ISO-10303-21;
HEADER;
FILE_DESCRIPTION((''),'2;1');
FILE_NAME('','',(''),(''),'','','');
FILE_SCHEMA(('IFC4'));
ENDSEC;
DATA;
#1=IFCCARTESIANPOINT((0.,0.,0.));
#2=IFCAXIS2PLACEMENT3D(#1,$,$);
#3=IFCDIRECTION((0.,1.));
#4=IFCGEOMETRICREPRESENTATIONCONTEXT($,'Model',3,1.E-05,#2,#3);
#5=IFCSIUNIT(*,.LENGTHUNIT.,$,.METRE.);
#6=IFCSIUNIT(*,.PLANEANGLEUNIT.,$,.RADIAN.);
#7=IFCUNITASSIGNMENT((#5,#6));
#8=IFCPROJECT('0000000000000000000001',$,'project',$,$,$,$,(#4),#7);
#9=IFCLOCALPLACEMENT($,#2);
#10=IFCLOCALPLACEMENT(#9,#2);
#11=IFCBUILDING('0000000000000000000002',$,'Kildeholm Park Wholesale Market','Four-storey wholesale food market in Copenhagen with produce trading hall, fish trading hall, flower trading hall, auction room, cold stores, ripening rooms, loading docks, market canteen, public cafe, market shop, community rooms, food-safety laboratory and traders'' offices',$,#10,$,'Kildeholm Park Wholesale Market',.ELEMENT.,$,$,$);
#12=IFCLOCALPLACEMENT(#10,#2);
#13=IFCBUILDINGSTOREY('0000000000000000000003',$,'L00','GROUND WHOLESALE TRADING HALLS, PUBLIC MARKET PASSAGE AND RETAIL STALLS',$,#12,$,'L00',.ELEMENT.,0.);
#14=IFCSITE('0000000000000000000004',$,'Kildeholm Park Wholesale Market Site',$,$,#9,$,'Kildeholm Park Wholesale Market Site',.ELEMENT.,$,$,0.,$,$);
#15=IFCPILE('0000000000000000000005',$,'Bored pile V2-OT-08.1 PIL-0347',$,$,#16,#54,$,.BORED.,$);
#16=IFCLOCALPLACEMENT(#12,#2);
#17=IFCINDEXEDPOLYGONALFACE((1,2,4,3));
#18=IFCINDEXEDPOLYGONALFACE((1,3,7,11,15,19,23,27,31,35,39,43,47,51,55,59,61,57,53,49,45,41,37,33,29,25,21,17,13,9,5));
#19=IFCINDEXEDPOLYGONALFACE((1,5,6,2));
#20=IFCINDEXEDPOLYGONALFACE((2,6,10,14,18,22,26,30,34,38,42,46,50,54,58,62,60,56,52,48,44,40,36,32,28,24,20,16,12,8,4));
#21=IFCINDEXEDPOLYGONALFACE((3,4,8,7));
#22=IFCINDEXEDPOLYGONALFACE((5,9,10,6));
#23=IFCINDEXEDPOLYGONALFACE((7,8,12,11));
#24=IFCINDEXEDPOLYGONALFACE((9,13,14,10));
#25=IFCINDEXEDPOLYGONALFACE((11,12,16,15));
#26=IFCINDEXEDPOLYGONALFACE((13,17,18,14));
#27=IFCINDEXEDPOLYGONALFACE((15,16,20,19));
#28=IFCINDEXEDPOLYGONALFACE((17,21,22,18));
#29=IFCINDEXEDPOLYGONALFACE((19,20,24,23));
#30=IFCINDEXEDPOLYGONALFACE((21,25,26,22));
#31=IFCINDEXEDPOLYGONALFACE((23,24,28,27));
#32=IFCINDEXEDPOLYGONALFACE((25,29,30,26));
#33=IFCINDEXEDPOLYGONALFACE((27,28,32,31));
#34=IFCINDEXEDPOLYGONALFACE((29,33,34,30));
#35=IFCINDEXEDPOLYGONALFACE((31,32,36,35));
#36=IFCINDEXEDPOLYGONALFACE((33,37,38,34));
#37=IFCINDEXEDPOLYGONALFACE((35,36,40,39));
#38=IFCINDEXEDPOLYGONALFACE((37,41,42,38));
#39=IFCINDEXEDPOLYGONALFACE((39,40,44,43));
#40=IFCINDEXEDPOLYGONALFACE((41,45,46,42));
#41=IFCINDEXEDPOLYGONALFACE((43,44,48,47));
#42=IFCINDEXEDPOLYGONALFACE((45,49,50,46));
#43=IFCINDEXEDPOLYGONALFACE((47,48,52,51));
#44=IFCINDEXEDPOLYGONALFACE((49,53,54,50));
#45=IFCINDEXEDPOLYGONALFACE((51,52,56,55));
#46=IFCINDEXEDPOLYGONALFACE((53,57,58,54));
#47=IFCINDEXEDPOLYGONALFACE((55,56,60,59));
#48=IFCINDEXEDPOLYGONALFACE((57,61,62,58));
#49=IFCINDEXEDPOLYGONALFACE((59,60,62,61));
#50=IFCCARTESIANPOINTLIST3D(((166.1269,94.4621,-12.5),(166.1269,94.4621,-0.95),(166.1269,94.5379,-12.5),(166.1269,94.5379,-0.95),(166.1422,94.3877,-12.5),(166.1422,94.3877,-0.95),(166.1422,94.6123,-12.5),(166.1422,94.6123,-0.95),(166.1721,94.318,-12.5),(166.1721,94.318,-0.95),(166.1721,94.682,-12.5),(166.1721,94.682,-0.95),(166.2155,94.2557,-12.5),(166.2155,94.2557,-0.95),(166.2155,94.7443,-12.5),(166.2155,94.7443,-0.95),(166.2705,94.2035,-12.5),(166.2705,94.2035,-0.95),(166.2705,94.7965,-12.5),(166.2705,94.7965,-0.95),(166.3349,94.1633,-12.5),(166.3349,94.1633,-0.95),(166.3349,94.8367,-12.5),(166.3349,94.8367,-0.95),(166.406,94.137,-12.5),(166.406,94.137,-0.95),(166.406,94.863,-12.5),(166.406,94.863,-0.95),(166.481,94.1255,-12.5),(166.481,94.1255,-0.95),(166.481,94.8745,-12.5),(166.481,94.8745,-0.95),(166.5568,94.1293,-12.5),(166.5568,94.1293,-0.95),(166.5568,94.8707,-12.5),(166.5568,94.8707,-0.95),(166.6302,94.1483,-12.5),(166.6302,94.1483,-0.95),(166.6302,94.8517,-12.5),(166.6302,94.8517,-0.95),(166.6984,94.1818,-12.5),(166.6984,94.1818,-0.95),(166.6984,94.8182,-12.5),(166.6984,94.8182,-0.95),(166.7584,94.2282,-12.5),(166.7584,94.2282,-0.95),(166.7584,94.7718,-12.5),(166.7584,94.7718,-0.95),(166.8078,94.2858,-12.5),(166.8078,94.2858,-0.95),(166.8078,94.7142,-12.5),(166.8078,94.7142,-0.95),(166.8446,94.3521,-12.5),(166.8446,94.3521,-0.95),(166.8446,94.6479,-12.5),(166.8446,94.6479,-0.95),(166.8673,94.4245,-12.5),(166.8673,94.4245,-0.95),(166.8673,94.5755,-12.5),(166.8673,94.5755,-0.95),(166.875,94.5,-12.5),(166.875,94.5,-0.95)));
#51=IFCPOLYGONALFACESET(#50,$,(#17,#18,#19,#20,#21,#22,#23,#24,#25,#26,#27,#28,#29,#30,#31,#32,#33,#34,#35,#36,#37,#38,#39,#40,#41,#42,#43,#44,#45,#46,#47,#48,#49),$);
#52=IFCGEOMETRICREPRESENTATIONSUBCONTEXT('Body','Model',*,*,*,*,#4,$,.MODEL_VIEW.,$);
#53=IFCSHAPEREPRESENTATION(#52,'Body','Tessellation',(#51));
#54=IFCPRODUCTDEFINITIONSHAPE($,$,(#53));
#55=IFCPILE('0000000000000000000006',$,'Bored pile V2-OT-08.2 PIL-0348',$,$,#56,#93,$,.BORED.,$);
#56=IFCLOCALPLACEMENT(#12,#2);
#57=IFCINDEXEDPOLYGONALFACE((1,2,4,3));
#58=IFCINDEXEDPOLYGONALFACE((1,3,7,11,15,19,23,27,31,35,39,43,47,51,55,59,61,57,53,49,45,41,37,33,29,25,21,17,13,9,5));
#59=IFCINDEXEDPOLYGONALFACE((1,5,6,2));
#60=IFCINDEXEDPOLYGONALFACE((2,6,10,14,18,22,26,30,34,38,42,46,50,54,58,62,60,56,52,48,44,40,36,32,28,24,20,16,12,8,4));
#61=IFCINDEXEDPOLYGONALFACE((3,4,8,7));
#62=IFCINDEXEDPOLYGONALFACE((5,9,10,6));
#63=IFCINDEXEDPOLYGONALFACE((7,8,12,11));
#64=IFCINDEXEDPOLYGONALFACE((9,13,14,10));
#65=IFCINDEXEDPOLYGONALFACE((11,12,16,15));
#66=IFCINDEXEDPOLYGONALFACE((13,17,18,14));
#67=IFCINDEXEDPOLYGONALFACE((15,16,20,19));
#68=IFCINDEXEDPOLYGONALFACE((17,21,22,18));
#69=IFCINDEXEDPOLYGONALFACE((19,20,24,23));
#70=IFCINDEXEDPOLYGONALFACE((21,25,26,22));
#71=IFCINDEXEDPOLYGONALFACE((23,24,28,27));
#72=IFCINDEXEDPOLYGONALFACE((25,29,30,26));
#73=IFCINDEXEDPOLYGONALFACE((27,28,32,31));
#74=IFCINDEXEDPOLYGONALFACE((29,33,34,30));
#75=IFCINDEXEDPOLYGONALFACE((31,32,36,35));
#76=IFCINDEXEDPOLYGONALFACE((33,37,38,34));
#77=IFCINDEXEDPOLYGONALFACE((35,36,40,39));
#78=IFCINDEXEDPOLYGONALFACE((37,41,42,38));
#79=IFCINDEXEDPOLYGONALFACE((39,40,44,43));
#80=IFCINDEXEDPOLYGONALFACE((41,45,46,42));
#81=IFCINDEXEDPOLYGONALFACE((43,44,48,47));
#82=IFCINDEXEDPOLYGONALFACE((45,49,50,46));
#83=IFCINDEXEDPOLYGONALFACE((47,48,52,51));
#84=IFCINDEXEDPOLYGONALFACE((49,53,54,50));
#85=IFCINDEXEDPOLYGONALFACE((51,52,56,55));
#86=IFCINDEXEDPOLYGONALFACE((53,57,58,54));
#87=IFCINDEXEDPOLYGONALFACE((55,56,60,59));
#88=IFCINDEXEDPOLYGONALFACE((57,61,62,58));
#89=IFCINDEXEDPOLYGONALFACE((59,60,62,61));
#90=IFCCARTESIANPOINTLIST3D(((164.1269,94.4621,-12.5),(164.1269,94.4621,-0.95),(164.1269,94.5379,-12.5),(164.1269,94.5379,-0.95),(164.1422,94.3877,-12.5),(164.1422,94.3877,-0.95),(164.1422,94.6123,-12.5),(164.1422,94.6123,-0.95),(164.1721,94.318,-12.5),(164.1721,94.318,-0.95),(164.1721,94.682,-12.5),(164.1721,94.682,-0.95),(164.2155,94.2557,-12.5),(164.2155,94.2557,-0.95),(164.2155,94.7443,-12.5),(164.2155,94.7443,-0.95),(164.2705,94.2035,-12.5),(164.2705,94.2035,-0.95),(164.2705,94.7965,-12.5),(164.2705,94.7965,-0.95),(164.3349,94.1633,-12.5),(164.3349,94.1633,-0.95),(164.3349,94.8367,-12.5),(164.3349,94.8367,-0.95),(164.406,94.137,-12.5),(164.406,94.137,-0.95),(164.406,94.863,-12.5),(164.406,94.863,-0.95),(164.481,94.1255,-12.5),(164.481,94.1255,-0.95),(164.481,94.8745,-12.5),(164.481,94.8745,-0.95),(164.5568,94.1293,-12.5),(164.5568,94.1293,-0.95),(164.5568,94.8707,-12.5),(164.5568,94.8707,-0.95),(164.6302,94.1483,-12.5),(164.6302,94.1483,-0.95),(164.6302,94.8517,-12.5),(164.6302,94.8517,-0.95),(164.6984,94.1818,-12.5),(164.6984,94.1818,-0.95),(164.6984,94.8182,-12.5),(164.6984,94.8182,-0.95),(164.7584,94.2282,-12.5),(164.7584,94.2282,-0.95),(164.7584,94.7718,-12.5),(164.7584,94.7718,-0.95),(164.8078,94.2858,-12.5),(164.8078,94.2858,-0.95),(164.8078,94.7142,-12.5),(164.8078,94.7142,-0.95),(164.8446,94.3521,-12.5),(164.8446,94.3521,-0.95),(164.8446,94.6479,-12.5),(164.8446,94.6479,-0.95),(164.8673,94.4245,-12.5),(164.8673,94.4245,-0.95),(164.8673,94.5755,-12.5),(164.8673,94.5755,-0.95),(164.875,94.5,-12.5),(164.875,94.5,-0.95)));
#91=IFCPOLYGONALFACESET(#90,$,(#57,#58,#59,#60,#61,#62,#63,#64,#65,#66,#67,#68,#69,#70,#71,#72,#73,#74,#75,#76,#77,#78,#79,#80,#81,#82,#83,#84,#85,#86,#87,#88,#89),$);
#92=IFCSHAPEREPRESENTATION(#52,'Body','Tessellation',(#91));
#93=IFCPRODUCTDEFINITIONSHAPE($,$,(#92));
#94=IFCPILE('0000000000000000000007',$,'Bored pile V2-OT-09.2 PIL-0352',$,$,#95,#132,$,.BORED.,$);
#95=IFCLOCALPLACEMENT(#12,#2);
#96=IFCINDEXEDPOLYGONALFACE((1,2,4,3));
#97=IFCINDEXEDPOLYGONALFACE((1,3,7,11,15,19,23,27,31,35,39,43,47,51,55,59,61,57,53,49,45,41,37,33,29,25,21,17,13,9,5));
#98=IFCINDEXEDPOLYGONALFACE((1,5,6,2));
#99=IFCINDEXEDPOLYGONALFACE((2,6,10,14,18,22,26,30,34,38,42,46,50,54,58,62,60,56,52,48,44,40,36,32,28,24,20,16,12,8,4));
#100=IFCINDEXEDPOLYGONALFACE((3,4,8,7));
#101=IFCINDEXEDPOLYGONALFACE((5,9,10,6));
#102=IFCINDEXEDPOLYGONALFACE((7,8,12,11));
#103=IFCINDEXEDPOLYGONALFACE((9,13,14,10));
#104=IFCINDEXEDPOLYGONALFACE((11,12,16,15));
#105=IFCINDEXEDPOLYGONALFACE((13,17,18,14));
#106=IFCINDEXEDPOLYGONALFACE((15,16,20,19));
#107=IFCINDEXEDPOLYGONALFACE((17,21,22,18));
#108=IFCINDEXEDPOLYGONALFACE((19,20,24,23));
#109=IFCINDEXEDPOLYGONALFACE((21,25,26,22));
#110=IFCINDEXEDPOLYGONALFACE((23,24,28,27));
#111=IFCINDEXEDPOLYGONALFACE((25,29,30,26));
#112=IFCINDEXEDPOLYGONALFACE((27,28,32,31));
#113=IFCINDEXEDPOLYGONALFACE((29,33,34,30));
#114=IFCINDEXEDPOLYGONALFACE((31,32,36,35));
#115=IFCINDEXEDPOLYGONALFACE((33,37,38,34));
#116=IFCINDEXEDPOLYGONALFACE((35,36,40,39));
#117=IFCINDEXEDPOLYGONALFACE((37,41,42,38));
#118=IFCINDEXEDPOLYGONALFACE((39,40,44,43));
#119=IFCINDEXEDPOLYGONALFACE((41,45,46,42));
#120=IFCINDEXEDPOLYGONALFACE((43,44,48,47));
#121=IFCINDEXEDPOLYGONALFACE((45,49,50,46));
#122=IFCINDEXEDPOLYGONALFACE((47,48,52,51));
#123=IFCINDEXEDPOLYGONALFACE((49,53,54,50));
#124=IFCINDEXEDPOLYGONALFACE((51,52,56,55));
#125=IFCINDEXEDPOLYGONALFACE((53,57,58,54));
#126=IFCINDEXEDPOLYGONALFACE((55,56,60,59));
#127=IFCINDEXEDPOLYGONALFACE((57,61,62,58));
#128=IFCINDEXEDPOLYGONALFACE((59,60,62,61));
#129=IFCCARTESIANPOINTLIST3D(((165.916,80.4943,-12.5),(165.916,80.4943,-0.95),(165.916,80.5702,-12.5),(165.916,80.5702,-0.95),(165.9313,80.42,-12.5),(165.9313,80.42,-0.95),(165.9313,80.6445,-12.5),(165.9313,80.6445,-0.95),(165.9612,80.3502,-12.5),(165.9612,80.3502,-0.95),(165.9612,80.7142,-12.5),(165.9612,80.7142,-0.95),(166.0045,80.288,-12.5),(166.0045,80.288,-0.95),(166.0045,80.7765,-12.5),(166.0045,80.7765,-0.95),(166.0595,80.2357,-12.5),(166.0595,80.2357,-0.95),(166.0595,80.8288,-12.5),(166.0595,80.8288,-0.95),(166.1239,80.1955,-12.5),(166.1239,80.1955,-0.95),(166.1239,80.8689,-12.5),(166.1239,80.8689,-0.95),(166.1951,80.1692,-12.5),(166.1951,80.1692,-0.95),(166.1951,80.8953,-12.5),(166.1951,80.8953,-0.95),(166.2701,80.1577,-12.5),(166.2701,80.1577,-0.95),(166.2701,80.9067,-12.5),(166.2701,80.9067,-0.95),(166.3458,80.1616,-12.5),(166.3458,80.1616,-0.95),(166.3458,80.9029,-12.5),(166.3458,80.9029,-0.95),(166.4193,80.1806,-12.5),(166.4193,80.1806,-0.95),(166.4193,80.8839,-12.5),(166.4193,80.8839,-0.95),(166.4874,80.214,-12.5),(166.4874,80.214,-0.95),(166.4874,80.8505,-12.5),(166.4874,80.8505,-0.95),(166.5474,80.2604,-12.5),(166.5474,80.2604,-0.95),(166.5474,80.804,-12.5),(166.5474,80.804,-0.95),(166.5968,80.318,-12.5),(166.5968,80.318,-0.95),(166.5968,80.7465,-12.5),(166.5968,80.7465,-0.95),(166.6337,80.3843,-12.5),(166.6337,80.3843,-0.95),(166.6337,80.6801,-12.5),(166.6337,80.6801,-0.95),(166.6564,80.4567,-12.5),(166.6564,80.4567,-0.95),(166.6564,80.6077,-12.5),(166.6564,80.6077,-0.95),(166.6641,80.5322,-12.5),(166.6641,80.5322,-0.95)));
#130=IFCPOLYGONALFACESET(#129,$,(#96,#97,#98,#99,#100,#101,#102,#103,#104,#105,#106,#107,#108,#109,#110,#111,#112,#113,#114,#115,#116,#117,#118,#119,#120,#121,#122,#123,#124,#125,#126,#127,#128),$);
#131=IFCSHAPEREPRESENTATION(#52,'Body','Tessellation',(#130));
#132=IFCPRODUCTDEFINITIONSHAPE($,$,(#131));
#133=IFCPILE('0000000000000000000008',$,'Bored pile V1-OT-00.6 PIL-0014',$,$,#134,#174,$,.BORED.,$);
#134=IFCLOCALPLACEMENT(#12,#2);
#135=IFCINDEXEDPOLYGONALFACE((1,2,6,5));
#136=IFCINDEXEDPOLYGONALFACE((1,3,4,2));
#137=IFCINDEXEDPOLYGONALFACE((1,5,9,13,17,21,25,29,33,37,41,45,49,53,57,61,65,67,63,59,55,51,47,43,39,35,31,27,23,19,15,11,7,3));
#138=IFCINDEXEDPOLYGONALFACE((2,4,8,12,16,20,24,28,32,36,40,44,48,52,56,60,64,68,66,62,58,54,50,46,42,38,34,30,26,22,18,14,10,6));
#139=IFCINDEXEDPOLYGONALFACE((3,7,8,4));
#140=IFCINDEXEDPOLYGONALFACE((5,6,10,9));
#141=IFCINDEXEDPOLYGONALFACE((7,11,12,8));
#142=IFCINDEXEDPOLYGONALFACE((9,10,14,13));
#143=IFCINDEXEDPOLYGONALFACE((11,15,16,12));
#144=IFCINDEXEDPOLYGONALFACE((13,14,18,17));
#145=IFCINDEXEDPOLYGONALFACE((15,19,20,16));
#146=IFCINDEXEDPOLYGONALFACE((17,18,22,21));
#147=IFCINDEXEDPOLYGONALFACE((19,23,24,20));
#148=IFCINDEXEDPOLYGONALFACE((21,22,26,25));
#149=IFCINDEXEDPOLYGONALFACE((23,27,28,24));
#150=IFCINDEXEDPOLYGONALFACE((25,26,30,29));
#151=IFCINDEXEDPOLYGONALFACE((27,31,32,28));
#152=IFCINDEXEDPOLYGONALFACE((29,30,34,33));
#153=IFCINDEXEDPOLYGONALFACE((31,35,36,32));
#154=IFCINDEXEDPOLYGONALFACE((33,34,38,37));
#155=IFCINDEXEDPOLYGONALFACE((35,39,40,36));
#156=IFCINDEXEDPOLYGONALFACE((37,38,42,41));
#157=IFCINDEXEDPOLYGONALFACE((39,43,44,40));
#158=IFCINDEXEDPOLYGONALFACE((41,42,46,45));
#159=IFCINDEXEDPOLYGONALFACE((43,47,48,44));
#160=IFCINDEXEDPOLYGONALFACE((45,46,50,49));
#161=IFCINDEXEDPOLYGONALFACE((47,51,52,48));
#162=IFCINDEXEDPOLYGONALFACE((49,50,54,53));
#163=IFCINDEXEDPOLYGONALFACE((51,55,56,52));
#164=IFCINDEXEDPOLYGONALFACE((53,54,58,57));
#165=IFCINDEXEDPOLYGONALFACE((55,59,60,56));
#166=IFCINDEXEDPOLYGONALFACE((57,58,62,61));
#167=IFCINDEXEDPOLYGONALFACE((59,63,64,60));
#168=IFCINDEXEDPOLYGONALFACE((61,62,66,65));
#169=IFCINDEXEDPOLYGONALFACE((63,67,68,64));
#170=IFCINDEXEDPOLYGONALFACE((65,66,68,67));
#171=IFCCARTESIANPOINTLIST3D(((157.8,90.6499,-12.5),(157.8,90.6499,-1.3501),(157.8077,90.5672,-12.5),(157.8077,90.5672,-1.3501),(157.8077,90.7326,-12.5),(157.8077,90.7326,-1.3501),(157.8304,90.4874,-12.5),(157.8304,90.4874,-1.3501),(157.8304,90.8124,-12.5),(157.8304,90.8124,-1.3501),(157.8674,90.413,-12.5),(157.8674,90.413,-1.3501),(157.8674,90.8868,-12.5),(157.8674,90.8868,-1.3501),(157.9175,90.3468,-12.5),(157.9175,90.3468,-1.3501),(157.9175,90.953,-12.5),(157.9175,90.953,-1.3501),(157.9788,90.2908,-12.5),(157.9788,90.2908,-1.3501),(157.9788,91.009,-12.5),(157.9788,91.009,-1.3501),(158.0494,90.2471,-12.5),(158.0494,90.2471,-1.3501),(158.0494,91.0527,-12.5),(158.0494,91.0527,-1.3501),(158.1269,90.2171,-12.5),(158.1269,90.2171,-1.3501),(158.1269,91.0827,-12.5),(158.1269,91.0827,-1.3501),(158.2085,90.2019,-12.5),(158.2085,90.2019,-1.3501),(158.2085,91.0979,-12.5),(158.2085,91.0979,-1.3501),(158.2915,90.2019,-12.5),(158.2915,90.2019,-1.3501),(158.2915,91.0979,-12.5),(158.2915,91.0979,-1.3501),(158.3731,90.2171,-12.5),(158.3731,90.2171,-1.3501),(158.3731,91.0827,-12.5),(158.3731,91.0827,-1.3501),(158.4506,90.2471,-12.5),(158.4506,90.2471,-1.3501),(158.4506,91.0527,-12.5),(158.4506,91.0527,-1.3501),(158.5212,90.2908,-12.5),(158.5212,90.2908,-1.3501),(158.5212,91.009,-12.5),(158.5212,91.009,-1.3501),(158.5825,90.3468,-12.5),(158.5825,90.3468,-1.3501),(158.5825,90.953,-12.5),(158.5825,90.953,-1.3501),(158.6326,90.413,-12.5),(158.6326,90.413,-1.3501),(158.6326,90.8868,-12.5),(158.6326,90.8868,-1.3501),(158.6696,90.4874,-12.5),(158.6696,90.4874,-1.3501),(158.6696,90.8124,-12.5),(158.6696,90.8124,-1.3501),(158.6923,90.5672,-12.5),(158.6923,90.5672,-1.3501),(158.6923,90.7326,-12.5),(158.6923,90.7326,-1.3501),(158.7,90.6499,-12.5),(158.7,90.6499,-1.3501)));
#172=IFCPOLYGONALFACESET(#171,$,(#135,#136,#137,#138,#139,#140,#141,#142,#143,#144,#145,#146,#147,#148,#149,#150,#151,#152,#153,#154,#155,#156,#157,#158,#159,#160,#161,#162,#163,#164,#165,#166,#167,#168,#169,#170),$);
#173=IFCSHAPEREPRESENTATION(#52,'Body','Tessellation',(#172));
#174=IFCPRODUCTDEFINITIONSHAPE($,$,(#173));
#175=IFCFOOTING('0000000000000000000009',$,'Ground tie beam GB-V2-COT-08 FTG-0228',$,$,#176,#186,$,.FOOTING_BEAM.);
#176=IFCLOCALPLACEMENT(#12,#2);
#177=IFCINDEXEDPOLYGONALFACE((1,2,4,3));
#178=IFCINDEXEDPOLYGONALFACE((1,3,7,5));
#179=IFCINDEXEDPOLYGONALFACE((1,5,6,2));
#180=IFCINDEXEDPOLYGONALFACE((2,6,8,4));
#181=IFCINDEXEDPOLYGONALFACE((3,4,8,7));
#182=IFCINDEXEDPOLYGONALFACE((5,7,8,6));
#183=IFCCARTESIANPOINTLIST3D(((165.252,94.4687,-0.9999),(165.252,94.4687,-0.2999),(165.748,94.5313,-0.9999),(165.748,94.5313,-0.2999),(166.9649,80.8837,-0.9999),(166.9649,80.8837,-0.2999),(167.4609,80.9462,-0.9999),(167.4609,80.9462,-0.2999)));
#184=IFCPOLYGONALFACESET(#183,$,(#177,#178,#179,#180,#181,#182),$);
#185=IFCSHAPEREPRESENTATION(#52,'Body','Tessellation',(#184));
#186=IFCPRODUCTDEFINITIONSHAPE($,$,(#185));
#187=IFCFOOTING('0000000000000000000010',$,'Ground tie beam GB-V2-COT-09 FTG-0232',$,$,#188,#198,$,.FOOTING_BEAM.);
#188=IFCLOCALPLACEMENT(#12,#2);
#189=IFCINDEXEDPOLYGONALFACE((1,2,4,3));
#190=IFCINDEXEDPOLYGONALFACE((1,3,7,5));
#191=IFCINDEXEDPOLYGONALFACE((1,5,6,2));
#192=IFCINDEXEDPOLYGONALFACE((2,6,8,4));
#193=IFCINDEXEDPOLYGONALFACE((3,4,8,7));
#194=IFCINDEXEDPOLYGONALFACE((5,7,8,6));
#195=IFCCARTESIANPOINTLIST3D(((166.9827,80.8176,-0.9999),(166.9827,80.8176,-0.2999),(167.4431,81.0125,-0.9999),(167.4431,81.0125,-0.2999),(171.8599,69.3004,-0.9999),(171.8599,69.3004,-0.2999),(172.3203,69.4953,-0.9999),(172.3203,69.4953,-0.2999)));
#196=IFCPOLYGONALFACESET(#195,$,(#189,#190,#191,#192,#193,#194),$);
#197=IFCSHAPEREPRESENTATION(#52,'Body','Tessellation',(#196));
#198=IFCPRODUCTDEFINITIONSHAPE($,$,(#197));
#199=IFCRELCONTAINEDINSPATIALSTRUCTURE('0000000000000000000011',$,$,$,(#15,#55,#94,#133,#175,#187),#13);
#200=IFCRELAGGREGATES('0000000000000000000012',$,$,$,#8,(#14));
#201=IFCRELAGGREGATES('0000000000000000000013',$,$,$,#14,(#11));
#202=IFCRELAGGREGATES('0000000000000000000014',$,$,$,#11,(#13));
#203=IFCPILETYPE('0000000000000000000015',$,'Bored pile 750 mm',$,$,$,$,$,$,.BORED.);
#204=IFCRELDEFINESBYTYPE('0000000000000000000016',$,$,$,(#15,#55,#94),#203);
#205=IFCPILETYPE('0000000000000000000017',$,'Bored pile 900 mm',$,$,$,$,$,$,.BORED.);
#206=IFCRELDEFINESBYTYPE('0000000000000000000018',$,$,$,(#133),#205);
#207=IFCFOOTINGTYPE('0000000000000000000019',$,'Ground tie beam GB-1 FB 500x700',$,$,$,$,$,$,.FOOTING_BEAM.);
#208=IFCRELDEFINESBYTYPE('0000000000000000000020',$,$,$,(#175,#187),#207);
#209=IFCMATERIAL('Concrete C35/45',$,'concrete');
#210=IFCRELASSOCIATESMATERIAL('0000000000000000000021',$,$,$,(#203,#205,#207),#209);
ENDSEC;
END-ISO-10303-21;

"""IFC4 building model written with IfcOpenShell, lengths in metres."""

from ifc_helpers import new_model, si_unit, direction, frame, origin, origin_2d, place, context, subcontext, project, spatial, rectangle, circle, extrude, material, material_profile, profile_set, type_object, element, save


model = new_model("IFC4")

# Units and contexts
model_context = context("Model", 3, precision=1e-05, world=origin(), true_north=direction((0.0, 1.0)))
body_context = subcontext(model_context, "Body", "Model", "MODEL_VIEW")
ifc_project = project(units=[si_unit("LENGTHUNIT", "METRE"), si_unit("PLANEANGLEUNIT", "RADIAN")], contexts=[model_context])

# Site, building, storey
site_placement = place(None, origin())
site = spatial("IfcSite", under=ifc_project, at=site_placement, Name="Kildeholm Park Wholesale Market Site", LongName="Kildeholm Park Wholesale Market Site", CompositionType="ELEMENT", RefElevation=0.0)
building_placement = place(site_placement, origin())
building = spatial("IfcBuilding", under=site, at=building_placement, Name="Kildeholm Park Wholesale Market", Description="Four-storey wholesale food market in Copenhagen with produce trading hall, fish trading hall, flower trading hall, auction room, cold stores, ripening rooms, loading docks, market canteen, public cafe, market shop, community rooms, food-safety laboratory and traders' offices", LongName="Kildeholm Park Wholesale Market", CompositionType="ELEMENT")
storey_placement = place(building_placement, origin())
storey = spatial("IfcBuildingStorey", under=building, at=storey_placement, Name="L00", Description="GROUND WHOLESALE TRADING HALLS, PUBLIC MARKET PASSAGE AND RETAIL STALLS", LongName="L00", CompositionType="ELEMENT", Elevation=0.0)

# Piles
ifc_material_1 = material(Name="Concrete C35/45", Category="concrete")
ifc_material_profile_1 = material_profile(ifc_material_1, circle(Radius=0.375, at=origin_2d()), Name="PILE D750")
ifc_profile_set_1 = profile_set([ifc_material_profile_1], Name="Concrete C35/45")
pile_type_1 = type_object("IfcPileType", Name="Bored pile 750 mm", PredefinedType="BORED", material=ifc_profile_set_1)
for number, where, z_axis, x_axis, name in (
    (1, (166.5, 94.5, -0.95), (0.0, 0.0, -1.0), (1.0, 0.0, 0.0), "Bored pile V2-OT-08.1 PIL-0347"),
    (2, (164.5, 94.5, -0.95), (0.0, 0.0, -1.0), (1.0, 0.0, 0.0), "Bored pile V2-OT-08.2 PIL-0348"),
    (3, (166.2891, 80.5322, -0.95), (0.0, 0.0, -1.0), (1.0, 0.0, 0.0), "Bored pile V2-OT-09.2 PIL-0352"),
):
    element("IfcPile", number, at=place(storey_placement, frame(where, z_axis=z_axis, x_axis=x_axis)), inside=storey, type_object=pile_type_1, Name=name, PredefinedType="BORED", context=body_context, shape_type="SweptSolid", body=[
        extrude(circle(Radius=0.375, at=origin_2d()), origin(), (0.0, 0.0, 1.0), 11.55),
    ])
ifc_material_profile_2 = material_profile(ifc_material_1, circle(Radius=0.45, at=origin_2d()), Name="PILE D900")
ifc_profile_set_2 = profile_set([ifc_material_profile_2], Name="Concrete C35/45")
pile_type_2 = type_object("IfcPileType", Name="Bored pile 900 mm", PredefinedType="BORED", material=ifc_profile_set_2)
pile_placement = place(storey_placement, frame((158.25, 90.6499, -1.3501), z_axis=(0.0, 0.0, -1.0), x_axis=(1.0, 0.0, 0.0)))
element("IfcPile", 4, at=pile_placement, inside=storey, type_object=pile_type_2, Name="Bored pile V1-OT-00.6 PIL-0014", PredefinedType="BORED", context=body_context, shape_type="SweptSolid", body=[
    extrude(circle(Radius=0.45, at=origin_2d()), origin(), (0.0, 0.0, 1.0), 11.1499),
])

# Footings
ifc_material_profile_3 = material_profile(ifc_material_1, rectangle(XDim=0.5, YDim=0.7, at=origin_2d()), Name="FB 500x700")
ifc_profile_set_3 = profile_set([ifc_material_profile_3], Name="Concrete C35/45")
footing_type_1 = type_object("IfcFootingType", Name="Ground tie beam GB-1 FB 500x700", PredefinedType="FOOTING_BEAM", material=ifc_profile_set_3)
footing_1_placement = place(storey_placement, frame((165.5, 94.5, -0.6499), z_axis=(0.125097, -0.992145, 0.0), x_axis=(0.992145, 0.125097, 0.0)))
element("IfcFooting", 5, at=footing_1_placement, inside=storey, type_object=footing_type_1, Name="Ground tie beam GB-V2-COT-08 FTG-0228", PredefinedType="FOOTING_BEAM", context=body_context, shape_type="SweptSolid", body=[
    extrude(rectangle(XDim=0.5, YDim=0.7, at=origin_2d()), origin(), (0.0, 0.0, 1.0), 13.6926),
])
footing_2_placement = place(storey_placement, frame((167.2129, 80.915, -0.6499), z_axis=(0.389951, -0.920836, 0.0), x_axis=(0.920836, 0.389951, 0.0)))
element("IfcFooting", 6, at=footing_2_placement, inside=storey, type_object=footing_type_1, Name="Ground tie beam GB-V2-COT-09 FTG-0232", PredefinedType="FOOTING_BEAM", context=body_context, shape_type="SweptSolid", body=[
    extrude(rectangle(XDim=0.5, YDim=0.7, at=origin_2d()), origin(), (0.0, 0.0, 1.0), 12.5073),
])

save(model, "model.ifc")
